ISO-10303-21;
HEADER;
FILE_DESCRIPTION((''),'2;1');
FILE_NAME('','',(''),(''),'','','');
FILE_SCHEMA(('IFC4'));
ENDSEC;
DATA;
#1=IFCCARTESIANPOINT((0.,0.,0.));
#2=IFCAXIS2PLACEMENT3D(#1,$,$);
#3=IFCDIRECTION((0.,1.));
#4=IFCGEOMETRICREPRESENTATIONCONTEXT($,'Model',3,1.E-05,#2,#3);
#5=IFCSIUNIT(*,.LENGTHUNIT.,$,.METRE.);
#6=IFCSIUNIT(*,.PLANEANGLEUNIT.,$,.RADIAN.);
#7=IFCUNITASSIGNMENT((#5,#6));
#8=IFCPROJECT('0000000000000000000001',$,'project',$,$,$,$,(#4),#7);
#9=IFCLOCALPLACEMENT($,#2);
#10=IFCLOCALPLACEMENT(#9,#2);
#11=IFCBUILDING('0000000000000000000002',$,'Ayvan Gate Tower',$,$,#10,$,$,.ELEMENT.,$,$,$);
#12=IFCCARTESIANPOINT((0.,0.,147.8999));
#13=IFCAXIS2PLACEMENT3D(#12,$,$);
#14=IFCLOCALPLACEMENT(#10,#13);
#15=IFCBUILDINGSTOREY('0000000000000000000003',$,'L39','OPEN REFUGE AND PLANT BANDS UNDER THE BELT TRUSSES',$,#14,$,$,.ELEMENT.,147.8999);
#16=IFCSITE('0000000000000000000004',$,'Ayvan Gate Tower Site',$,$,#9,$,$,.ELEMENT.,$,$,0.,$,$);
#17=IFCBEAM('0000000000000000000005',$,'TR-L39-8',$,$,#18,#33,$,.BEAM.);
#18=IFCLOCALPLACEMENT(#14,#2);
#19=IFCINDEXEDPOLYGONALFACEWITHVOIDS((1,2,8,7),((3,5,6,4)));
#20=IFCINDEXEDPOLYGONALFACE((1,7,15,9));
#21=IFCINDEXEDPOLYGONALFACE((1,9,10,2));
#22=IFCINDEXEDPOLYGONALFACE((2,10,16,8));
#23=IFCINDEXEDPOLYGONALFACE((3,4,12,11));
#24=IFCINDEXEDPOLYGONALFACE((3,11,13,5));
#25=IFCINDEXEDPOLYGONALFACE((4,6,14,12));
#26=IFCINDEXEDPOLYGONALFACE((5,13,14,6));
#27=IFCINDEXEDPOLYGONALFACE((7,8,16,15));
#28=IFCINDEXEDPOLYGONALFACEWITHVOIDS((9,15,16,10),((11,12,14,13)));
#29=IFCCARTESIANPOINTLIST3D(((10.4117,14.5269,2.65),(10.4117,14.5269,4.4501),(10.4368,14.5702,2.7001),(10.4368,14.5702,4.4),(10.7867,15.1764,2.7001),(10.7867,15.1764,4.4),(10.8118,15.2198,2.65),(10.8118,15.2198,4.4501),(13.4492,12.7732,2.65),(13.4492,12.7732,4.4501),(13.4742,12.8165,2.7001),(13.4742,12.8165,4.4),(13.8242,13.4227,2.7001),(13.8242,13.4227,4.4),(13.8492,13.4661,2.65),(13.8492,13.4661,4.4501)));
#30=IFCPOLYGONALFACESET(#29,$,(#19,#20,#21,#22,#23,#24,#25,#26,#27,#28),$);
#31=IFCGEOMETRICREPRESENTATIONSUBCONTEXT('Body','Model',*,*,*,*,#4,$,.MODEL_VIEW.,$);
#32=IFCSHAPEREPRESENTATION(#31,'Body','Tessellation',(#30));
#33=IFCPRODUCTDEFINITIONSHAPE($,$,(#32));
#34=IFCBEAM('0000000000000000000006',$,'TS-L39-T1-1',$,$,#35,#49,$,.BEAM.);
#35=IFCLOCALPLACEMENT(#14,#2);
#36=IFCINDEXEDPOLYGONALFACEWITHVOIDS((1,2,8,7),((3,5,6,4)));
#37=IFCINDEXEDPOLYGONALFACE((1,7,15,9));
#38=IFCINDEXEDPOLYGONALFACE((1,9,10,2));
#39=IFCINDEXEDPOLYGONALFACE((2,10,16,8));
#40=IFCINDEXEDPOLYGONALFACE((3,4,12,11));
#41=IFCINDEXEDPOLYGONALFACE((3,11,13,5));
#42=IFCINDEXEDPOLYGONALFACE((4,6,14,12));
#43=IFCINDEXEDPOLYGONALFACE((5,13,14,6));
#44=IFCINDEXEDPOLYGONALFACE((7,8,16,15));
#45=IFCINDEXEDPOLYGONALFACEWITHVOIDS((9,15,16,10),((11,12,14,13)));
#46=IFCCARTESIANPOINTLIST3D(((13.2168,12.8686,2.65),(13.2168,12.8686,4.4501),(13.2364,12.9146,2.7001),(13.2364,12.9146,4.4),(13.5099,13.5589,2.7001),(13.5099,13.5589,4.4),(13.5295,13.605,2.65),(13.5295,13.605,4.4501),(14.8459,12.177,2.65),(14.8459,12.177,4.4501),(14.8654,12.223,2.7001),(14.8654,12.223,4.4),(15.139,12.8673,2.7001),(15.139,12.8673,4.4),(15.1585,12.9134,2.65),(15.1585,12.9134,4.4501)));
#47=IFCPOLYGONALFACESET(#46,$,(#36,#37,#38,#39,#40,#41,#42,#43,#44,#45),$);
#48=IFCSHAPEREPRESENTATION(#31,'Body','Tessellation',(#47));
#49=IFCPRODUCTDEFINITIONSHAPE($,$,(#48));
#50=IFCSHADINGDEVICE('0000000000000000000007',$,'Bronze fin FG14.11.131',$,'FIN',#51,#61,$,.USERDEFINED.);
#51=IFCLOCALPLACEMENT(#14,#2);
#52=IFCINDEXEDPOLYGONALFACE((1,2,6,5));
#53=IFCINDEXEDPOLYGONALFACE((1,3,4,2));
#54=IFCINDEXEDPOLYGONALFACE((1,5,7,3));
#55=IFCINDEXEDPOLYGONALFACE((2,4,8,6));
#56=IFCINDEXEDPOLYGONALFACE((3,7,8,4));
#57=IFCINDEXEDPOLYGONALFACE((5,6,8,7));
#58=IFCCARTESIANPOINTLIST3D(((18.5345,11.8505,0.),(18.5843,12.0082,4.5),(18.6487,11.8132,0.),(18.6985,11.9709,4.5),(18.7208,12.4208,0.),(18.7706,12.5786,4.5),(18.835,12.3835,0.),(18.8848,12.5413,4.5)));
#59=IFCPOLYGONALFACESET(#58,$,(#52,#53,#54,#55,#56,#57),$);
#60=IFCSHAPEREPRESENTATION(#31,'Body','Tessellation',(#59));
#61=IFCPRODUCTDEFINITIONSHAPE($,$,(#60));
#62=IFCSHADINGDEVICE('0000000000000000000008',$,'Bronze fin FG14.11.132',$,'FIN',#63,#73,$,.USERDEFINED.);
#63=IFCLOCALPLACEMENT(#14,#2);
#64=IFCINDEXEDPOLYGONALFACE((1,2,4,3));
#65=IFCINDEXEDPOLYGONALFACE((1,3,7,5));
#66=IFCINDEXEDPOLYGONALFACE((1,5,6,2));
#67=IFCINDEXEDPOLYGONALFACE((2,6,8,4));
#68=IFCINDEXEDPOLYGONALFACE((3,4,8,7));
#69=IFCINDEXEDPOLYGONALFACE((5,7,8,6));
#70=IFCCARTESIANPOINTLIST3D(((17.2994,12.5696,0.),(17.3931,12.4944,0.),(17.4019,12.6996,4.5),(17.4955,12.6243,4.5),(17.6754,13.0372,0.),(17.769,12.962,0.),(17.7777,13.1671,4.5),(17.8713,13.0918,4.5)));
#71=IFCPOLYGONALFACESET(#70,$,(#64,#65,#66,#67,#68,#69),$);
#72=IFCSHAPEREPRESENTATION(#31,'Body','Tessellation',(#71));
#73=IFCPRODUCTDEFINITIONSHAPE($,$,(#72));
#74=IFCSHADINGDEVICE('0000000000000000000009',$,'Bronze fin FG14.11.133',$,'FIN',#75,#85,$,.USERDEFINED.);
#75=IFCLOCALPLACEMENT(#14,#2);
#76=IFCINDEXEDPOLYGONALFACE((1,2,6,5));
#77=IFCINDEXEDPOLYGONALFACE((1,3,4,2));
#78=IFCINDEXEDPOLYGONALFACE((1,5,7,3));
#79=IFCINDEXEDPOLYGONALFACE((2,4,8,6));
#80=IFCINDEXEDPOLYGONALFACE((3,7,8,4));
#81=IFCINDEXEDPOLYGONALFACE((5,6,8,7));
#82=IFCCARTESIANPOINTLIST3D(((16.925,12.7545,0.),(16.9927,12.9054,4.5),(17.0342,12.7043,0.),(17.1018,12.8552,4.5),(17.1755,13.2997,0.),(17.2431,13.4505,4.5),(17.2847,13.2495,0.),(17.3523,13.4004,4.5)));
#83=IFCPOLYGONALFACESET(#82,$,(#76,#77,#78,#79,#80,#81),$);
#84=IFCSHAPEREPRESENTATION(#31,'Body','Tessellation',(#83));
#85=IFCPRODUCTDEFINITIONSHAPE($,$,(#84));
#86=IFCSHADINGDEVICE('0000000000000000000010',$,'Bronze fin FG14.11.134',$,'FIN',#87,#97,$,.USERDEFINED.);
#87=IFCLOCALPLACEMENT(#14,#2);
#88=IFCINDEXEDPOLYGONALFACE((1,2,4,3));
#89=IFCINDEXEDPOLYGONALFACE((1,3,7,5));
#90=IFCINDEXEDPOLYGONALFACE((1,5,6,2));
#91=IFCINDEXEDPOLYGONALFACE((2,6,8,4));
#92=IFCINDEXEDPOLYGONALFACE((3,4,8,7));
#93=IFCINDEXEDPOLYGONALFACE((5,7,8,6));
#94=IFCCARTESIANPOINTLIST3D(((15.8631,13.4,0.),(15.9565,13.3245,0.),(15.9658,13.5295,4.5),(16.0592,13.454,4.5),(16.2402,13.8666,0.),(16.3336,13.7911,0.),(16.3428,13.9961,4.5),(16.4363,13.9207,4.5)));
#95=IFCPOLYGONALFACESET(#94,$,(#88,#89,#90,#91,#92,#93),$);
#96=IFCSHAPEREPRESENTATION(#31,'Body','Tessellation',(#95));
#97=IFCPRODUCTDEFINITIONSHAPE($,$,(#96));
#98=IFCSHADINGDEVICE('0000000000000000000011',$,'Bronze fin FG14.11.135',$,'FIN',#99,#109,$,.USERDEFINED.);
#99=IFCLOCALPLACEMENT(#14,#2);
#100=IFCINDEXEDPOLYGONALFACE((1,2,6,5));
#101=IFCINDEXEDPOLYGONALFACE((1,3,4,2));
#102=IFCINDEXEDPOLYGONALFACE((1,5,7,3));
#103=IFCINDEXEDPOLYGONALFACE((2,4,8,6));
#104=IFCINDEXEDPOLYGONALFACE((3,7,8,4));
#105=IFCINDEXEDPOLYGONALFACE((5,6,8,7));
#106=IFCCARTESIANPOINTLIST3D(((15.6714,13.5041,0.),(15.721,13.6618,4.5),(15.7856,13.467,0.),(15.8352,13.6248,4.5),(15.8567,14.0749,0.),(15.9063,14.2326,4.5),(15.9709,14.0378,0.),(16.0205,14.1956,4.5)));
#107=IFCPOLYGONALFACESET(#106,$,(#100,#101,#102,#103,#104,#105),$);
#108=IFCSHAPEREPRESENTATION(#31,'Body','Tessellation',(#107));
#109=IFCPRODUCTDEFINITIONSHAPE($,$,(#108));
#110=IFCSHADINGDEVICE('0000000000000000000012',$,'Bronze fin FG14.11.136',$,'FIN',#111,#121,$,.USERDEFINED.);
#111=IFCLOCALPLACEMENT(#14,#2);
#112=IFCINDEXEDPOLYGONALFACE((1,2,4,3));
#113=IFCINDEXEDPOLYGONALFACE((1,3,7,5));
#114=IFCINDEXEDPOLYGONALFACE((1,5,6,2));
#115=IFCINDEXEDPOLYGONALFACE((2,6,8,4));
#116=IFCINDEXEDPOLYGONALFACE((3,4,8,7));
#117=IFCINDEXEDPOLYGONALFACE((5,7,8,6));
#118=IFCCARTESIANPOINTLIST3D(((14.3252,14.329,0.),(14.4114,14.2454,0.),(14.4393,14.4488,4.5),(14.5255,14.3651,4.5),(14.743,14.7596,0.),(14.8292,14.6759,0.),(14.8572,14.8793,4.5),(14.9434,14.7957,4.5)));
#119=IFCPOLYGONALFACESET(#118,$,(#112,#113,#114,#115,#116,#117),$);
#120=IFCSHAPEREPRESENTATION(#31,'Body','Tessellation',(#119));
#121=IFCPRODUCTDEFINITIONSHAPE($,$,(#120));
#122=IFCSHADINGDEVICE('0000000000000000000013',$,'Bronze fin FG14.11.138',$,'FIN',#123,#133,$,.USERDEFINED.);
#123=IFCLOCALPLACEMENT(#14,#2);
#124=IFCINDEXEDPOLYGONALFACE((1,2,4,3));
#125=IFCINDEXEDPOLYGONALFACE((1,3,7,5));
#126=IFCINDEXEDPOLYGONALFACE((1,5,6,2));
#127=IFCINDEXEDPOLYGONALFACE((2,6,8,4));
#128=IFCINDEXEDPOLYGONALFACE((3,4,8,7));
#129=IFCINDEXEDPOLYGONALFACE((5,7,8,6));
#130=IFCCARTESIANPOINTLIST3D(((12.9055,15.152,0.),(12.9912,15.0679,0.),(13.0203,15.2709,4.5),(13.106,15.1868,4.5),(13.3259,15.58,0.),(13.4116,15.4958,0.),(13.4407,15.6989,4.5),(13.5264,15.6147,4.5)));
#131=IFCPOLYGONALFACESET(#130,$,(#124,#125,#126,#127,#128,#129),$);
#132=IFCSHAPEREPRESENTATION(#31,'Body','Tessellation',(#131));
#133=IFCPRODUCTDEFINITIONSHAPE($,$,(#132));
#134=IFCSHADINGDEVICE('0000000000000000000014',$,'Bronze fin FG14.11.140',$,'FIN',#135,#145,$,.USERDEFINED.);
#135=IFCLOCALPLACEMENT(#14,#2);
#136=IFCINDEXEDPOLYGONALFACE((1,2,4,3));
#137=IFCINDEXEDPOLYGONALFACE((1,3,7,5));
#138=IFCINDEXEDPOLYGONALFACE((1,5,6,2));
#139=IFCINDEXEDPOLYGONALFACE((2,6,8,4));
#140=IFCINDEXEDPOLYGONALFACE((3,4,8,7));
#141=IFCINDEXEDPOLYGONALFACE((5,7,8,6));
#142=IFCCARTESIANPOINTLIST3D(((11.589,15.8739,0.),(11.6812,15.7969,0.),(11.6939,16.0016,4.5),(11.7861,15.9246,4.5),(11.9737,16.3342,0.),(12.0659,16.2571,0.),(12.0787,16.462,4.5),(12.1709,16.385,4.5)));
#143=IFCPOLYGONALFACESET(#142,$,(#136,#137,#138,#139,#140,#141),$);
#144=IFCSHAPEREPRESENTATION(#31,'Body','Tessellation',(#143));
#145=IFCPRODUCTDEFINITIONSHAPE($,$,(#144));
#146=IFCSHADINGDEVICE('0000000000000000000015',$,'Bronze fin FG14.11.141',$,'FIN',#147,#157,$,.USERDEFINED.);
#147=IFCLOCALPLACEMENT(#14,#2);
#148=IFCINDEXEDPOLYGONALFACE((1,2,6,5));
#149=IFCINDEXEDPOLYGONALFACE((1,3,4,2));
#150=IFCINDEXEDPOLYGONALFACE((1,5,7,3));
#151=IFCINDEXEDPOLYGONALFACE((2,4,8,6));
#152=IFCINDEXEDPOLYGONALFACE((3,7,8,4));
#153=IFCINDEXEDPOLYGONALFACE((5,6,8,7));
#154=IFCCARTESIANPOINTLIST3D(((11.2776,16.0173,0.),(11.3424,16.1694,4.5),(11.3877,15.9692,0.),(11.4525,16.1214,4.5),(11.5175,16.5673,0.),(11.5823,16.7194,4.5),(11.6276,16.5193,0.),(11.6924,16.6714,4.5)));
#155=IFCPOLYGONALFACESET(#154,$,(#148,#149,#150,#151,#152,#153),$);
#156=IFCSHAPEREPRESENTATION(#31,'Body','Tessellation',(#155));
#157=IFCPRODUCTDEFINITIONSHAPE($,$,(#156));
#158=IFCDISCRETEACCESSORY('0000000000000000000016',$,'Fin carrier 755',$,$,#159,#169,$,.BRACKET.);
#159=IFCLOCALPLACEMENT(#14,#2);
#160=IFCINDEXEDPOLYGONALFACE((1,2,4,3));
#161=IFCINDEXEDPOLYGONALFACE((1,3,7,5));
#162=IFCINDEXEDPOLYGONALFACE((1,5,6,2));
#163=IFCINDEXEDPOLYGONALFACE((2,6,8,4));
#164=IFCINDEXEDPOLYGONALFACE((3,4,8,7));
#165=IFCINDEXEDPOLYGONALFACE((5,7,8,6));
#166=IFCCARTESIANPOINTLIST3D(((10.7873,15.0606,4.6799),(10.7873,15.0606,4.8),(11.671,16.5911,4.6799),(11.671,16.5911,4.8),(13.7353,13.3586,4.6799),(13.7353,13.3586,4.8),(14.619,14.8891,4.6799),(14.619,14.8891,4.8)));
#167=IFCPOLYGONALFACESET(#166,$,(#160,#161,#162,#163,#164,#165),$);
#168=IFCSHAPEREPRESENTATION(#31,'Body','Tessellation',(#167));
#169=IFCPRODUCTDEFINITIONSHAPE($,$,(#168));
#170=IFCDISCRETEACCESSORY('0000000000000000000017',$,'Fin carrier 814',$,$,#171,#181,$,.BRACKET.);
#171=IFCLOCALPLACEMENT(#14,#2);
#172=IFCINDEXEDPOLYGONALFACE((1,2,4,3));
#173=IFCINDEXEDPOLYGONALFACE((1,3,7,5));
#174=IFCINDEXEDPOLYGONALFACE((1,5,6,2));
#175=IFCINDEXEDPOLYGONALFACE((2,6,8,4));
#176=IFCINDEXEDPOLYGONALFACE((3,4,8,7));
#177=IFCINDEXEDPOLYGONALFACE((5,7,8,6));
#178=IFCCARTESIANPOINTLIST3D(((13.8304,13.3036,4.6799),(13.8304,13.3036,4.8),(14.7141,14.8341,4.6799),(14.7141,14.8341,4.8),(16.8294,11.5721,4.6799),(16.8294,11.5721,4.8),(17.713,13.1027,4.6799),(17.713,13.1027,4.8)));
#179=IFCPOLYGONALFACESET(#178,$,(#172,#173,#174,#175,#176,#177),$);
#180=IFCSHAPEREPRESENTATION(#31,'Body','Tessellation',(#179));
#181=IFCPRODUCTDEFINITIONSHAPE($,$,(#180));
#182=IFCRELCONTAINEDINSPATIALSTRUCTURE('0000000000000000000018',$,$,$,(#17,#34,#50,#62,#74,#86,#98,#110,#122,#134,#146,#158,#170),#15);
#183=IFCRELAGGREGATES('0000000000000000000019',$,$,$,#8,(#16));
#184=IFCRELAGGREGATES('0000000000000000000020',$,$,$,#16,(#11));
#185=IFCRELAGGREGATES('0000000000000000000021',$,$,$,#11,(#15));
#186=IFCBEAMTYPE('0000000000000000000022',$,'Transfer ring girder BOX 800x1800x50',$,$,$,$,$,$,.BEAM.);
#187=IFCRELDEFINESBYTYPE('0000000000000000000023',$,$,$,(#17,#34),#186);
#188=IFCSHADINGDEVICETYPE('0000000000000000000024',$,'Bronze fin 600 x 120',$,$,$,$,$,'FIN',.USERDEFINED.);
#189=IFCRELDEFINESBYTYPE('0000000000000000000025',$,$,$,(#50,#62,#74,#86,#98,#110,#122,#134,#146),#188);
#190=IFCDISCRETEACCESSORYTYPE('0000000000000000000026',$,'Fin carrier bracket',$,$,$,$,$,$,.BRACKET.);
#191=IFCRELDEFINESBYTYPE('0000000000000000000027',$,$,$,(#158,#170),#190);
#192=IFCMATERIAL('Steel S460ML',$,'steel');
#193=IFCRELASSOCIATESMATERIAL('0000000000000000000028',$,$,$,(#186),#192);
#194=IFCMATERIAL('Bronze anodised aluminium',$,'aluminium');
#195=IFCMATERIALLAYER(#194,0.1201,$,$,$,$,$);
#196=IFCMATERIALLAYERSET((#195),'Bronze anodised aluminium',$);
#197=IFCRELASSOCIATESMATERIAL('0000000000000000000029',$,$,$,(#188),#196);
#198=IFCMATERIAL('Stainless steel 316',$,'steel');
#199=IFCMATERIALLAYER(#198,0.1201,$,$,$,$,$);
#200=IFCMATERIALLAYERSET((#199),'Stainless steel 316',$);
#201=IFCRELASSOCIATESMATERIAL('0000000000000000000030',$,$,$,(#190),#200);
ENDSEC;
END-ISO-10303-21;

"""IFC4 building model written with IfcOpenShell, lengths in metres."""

from ifc_helpers import new_model, si_unit, direction, frame, origin, origin_2d, place, context, subcontext, project, spatial, polyline, rectangle, hollow_rectangle, outline, extrude, material, layer, layer_set, material_profile, profile_set, type_object, element, save


model = new_model("IFC4")

# Units and contexts
model_context = context("Model", 3, precision=1e-05, world=origin(), true_north=direction((0.0, 1.0)))
body_context = subcontext(model_context, "Body", "Model", "MODEL_VIEW")
ifc_project = project(units=[si_unit("LENGTHUNIT", "METRE"), si_unit("PLANEANGLEUNIT", "RADIAN")], contexts=[model_context])

# Site, building, storey
site_placement = place(None, origin())
site = spatial("IfcSite", under=ifc_project, at=site_placement, Name="Ayvan Gate Tower Site", CompositionType="ELEMENT", RefElevation=0.0)
building_placement = place(site_placement, origin())
building = spatial("IfcBuilding", under=site, at=building_placement, Name="Ayvan Gate Tower", CompositionType="ELEMENT")
storey_placement = place(building_placement, frame((0.0, 0.0, 147.8999)))
storey = spatial("IfcBuildingStorey", under=building, at=storey_placement, Name="L39", Description="OPEN REFUGE AND PLANT BANDS UNDER THE BELT TRUSSES", CompositionType="ELEMENT", Elevation=147.8999)

# Shared definitions
ifc_material_1 = material(Name="Steel S460ML", Category="steel")

# Beams
ifc_material_profile_1 = material_profile(ifc_material_1, hollow_rectangle(XDim=0.8, YDim=1.8, WallThickness=0.05, at=origin_2d()), Name="BOX 800x1800x50")
ifc_profile_set_1 = profile_set([ifc_material_profile_1], Name="Steel S460ML")
beam_type_1 = type_object("IfcBeamType", Name="Transfer ring girder BOX 800x1800x50", PredefinedType="BEAM", material=ifc_profile_set_1)
beam_1_placement = place(storey_placement, frame((13.6492, 13.1196, 3.55), z_axis=(-0.86602, 0.50001, 0.0), x_axis=(-0.50001, -0.86602, 0.0)))
element("IfcBeam", 1, at=beam_1_placement, inside=storey, type_object=beam_type_1, Name="TR-L39-8", PredefinedType="BEAM", context=body_context, shape_type="SweptSolid", body=[
    extrude(hollow_rectangle(XDim=0.8, YDim=1.8, WallThickness=0.05, at=origin_2d()), origin(), (0.0, 0.0, 1.0), 3.5073),
])
beam_2_placement = place(storey_placement, frame((15.0022, 12.5452, 3.55), z_axis=(-0.920481, 0.390787, 0.0), x_axis=(-0.390787, -0.920481, 0.0)))
element("IfcBeam", 2, at=beam_2_placement, inside=storey, type_object=beam_type_1, Name="TS-L39-T1-1", PredefinedType="BEAM", context=body_context, shape_type="SweptSolid", body=[
    extrude(hollow_rectangle(XDim=0.8, YDim=1.8, WallThickness=0.05, at=origin_2d()), origin(), (0.0, 0.0, 1.0), 1.7698),
])

# Shading devices
ifc_material_2 = material(Name="Bronze anodised aluminium", Category="aluminium")
ifc_layer_1 = layer(ifc_material_2, 0.1201)
ifc_layer_set_1 = layer_set([ifc_layer_1], Name="Bronze anodised aluminium")
shading_device_type = type_object("IfcShadingDeviceType", Name="Bronze fin 600 x 120", ElementType="FIN", PredefinedType="USERDEFINED", material=ifc_layer_set_1)
shading_device_1_placement = place(storey_placement, frame((18.6487, 11.8132, 0.0), z_axis=(0.950578, -0.310484, 0.000361), x_axis=(0.310484, 0.950578, 0.0)))
element("IfcShadingDevice", 3, at=shading_device_1_placement, inside=storey, type_object=shading_device_type, Name="Bronze fin FG14.11.131", ObjectType="FIN", PredefinedType="USERDEFINED", context=body_context, shape_type="SweptSolid", body=[
    extrude(outline(polyline([(0.0, 0.0), (0.6, 0.0), (0.7653, 4.5), (0.1654, 4.5), (0.0, 0.0)])), origin(), (0.0, 0.0, -1.0), 0.1201),
])
shading_device_2_placement = place(storey_placement, frame((17.3931, 12.4944, 0.0), z_axis=(0.779378, -0.626554, 0.000346), x_axis=(0.626554, 0.779378, 0.0)))
element("IfcShadingDevice", 4, at=shading_device_2_placement, inside=storey, type_object=shading_device_type, Name="Bronze fin FG14.11.132", ObjectType="FIN", PredefinedType="USERDEFINED", context=body_context, shape_type="SweptSolid", body=[
    extrude(outline(polyline([(0.0, 0.0), (0.6, 0.0), (0.7653, 4.5), (0.1655, 4.5), (0.0, 0.0)])), origin(), (0.0, 0.0, -1.0), 0.1201),
])
shading_device_3_placement = place(storey_placement, frame((17.0342, 12.7043, 0.0), z_axis=(0.908673, -0.417509, 0.000343), x_axis=(0.417509, 0.908673, 0.0)))
element("IfcShadingDevice", 5, at=shading_device_3_placement, inside=storey, type_object=shading_device_type, Name="Bronze fin FG14.11.133", ObjectType="FIN", PredefinedType="USERDEFINED", context=body_context, shape_type="SweptSolid", body=[
    extrude(outline(polyline([(0.0, 0.0), (0.6, 0.0), (0.7653, 4.5), (0.1653, 4.5), (0.0, 0.0)])), origin(), (0.0, 0.0, -1.0), 0.1201),
])
shading_device_4_placement = place(storey_placement, frame((15.9565, 13.3245, 0.0), z_axis=(0.777823, -0.628484, 0.000344), x_axis=(0.628484, 0.777823, 0.0)))
element("IfcShadingDevice", 6, at=shading_device_4_placement, inside=storey, type_object=shading_device_type, Name="Bronze fin FG14.11.134", ObjectType="FIN", PredefinedType="USERDEFINED", context=body_context, shape_type="SweptSolid", body=[
    extrude(outline(polyline([(0.0, 0.0), (0.6, 0.0), (0.7652, 4.5), (0.1652, 4.5), (0.0, 0.0)])), origin(), (0.0, 0.0, -1.0), 0.1201),
])
shading_device_5_placement = place(storey_placement, frame((15.7856, 13.467, 0.0), z_axis=(0.951136, -0.308773, 0.000347), x_axis=(0.308773, 0.951136, 0.0)))
element("IfcShadingDevice", 7, at=shading_device_5_placement, inside=storey, type_object=shading_device_type, Name="Bronze fin FG14.11.135", ObjectType="FIN", PredefinedType="USERDEFINED", context=body_context, shape_type="SweptSolid", body=[
    extrude(outline(polyline([(0.0, 0.0), (0.6001, 0.0), (0.7654, 4.5), (0.1653, 4.5), (0.0, 0.0)])), origin(), (0.0, 0.0, -1.0), 0.1201),
])
shading_device_6_placement = place(storey_placement, frame((14.4114, 14.2454, 0.0), z_axis=(0.717608, -0.696448, 0.000332), x_axis=(0.696448, 0.717608, 0.0)))
element("IfcShadingDevice", 8, at=shading_device_6_placement, inside=storey, type_object=shading_device_type, Name="Bronze fin FG14.11.136", ObjectType="FIN", PredefinedType="USERDEFINED", context=body_context, shape_type="SweptSolid", body=[
    extrude(outline(polyline([(0.0, 0.0), (0.6, 0.0), (0.7654, 4.5), (0.1654, 4.5), (0.0, 0.0)])), origin(), (0.0, 0.0, -1.0), 0.1201),
])
shading_device_7_placement = place(storey_placement, frame((12.9912, 15.0679, 0.0), z_axis=(0.713386, -0.700771, 0.000325), x_axis=(0.700771, 0.713386, 0.0)))
element("IfcShadingDevice", 9, at=shading_device_7_placement, inside=storey, type_object=shading_device_type, Name="Bronze fin FG14.11.138", ObjectType="FIN", PredefinedType="USERDEFINED", context=body_context, shape_type="SweptSolid", body=[
    extrude(outline(polyline([(0.0, 0.0), (0.5999, 0.0), (0.7652, 4.5), (0.1652, 4.5), (0.0, 0.0)])), origin(), (0.0, 0.0, -1.0), 0.1201),
])
shading_device_8_placement = place(storey_placement, frame((11.6812, 15.7969, 0.0), z_axis=(0.76727, -0.641324, 0.000315), x_axis=(0.641324, 0.76727, 0.0)))
element("IfcShadingDevice", 10, at=shading_device_8_placement, inside=storey, type_object=shading_device_type, Name="Bronze fin FG14.11.140", ObjectType="FIN", PredefinedType="USERDEFINED", context=body_context, shape_type="SweptSolid", body=[
    extrude(outline(polyline([(0.0, 0.0), (0.5999, 0.0), (0.7653, 4.5), (0.1653, 4.5), (0.0, 0.0)])), origin(), (0.0, 0.0, -1.0), 0.1201),
])
shading_device_9_placement = place(storey_placement, frame((11.3877, 15.9692, 0.0), z_axis=(0.916633, -0.39973, 0.000307), x_axis=(0.39973, 0.916633, 0.0)))
element("IfcShadingDevice", 11, at=shading_device_9_placement, inside=storey, type_object=shading_device_type, Name="Bronze fin FG14.11.141", ObjectType="FIN", PredefinedType="USERDEFINED", context=body_context, shape_type="SweptSolid", body=[
    extrude(outline(polyline([(0.0, 0.0), (0.6001, 0.0), (0.7654, 4.5), (0.1654, 4.5), (0.0, 0.0)])), origin(), (0.0, 0.0, -1.0), 0.1201),
])

# Discrete accessories
ifc_material_3 = material(Name="Stainless steel 316", Category="steel")
ifc_layer_2 = layer(ifc_material_3, 0.1201)
ifc_layer_set_2 = layer_set([ifc_layer_2], Name="Stainless steel 316")
discrete_accessory_type_1 = type_object("IfcDiscreteAccessoryType", Name="Fin carrier bracket", PredefinedType="BRACKET", material=ifc_layer_set_2)
discrete_accessory_1_placement = place(storey_placement, frame((12.7031, 14.9749, 4.6799), z_axis=(0.0, 0.0, 1.0), x_axis=(-0.866025, 0.5, 0.0)))
element("IfcDiscreteAccessory", 12, at=discrete_accessory_1_placement, inside=storey, type_object=discrete_accessory_type_1, Name="Fin carrier 755", PredefinedType="BRACKET", context=body_context, shape_type="SweptSolid", body=[
    extrude(rectangle(XDim=3.4041, YDim=1.7673, at=origin_2d()), origin(), (0.0, 0.0, 1.0), 0.1201),
])
discrete_accessory_2_placement = place(storey_placement, frame((15.7717, 13.2031, 4.6799), z_axis=(0.0, 0.0, 1.0), x_axis=(-0.866025, 0.5, 0.0)))
element("IfcDiscreteAccessory", 13, at=discrete_accessory_2_placement, inside=storey, type_object=discrete_accessory_type_1, Name="Fin carrier 814", PredefinedType="BRACKET", context=body_context, shape_type="SweptSolid", body=[
    extrude(rectangle(XDim=3.4629, YDim=1.7673, at=origin_2d()), origin(), (0.0, 0.0, 1.0), 0.1201),
])

save(model, "model.ifc")
